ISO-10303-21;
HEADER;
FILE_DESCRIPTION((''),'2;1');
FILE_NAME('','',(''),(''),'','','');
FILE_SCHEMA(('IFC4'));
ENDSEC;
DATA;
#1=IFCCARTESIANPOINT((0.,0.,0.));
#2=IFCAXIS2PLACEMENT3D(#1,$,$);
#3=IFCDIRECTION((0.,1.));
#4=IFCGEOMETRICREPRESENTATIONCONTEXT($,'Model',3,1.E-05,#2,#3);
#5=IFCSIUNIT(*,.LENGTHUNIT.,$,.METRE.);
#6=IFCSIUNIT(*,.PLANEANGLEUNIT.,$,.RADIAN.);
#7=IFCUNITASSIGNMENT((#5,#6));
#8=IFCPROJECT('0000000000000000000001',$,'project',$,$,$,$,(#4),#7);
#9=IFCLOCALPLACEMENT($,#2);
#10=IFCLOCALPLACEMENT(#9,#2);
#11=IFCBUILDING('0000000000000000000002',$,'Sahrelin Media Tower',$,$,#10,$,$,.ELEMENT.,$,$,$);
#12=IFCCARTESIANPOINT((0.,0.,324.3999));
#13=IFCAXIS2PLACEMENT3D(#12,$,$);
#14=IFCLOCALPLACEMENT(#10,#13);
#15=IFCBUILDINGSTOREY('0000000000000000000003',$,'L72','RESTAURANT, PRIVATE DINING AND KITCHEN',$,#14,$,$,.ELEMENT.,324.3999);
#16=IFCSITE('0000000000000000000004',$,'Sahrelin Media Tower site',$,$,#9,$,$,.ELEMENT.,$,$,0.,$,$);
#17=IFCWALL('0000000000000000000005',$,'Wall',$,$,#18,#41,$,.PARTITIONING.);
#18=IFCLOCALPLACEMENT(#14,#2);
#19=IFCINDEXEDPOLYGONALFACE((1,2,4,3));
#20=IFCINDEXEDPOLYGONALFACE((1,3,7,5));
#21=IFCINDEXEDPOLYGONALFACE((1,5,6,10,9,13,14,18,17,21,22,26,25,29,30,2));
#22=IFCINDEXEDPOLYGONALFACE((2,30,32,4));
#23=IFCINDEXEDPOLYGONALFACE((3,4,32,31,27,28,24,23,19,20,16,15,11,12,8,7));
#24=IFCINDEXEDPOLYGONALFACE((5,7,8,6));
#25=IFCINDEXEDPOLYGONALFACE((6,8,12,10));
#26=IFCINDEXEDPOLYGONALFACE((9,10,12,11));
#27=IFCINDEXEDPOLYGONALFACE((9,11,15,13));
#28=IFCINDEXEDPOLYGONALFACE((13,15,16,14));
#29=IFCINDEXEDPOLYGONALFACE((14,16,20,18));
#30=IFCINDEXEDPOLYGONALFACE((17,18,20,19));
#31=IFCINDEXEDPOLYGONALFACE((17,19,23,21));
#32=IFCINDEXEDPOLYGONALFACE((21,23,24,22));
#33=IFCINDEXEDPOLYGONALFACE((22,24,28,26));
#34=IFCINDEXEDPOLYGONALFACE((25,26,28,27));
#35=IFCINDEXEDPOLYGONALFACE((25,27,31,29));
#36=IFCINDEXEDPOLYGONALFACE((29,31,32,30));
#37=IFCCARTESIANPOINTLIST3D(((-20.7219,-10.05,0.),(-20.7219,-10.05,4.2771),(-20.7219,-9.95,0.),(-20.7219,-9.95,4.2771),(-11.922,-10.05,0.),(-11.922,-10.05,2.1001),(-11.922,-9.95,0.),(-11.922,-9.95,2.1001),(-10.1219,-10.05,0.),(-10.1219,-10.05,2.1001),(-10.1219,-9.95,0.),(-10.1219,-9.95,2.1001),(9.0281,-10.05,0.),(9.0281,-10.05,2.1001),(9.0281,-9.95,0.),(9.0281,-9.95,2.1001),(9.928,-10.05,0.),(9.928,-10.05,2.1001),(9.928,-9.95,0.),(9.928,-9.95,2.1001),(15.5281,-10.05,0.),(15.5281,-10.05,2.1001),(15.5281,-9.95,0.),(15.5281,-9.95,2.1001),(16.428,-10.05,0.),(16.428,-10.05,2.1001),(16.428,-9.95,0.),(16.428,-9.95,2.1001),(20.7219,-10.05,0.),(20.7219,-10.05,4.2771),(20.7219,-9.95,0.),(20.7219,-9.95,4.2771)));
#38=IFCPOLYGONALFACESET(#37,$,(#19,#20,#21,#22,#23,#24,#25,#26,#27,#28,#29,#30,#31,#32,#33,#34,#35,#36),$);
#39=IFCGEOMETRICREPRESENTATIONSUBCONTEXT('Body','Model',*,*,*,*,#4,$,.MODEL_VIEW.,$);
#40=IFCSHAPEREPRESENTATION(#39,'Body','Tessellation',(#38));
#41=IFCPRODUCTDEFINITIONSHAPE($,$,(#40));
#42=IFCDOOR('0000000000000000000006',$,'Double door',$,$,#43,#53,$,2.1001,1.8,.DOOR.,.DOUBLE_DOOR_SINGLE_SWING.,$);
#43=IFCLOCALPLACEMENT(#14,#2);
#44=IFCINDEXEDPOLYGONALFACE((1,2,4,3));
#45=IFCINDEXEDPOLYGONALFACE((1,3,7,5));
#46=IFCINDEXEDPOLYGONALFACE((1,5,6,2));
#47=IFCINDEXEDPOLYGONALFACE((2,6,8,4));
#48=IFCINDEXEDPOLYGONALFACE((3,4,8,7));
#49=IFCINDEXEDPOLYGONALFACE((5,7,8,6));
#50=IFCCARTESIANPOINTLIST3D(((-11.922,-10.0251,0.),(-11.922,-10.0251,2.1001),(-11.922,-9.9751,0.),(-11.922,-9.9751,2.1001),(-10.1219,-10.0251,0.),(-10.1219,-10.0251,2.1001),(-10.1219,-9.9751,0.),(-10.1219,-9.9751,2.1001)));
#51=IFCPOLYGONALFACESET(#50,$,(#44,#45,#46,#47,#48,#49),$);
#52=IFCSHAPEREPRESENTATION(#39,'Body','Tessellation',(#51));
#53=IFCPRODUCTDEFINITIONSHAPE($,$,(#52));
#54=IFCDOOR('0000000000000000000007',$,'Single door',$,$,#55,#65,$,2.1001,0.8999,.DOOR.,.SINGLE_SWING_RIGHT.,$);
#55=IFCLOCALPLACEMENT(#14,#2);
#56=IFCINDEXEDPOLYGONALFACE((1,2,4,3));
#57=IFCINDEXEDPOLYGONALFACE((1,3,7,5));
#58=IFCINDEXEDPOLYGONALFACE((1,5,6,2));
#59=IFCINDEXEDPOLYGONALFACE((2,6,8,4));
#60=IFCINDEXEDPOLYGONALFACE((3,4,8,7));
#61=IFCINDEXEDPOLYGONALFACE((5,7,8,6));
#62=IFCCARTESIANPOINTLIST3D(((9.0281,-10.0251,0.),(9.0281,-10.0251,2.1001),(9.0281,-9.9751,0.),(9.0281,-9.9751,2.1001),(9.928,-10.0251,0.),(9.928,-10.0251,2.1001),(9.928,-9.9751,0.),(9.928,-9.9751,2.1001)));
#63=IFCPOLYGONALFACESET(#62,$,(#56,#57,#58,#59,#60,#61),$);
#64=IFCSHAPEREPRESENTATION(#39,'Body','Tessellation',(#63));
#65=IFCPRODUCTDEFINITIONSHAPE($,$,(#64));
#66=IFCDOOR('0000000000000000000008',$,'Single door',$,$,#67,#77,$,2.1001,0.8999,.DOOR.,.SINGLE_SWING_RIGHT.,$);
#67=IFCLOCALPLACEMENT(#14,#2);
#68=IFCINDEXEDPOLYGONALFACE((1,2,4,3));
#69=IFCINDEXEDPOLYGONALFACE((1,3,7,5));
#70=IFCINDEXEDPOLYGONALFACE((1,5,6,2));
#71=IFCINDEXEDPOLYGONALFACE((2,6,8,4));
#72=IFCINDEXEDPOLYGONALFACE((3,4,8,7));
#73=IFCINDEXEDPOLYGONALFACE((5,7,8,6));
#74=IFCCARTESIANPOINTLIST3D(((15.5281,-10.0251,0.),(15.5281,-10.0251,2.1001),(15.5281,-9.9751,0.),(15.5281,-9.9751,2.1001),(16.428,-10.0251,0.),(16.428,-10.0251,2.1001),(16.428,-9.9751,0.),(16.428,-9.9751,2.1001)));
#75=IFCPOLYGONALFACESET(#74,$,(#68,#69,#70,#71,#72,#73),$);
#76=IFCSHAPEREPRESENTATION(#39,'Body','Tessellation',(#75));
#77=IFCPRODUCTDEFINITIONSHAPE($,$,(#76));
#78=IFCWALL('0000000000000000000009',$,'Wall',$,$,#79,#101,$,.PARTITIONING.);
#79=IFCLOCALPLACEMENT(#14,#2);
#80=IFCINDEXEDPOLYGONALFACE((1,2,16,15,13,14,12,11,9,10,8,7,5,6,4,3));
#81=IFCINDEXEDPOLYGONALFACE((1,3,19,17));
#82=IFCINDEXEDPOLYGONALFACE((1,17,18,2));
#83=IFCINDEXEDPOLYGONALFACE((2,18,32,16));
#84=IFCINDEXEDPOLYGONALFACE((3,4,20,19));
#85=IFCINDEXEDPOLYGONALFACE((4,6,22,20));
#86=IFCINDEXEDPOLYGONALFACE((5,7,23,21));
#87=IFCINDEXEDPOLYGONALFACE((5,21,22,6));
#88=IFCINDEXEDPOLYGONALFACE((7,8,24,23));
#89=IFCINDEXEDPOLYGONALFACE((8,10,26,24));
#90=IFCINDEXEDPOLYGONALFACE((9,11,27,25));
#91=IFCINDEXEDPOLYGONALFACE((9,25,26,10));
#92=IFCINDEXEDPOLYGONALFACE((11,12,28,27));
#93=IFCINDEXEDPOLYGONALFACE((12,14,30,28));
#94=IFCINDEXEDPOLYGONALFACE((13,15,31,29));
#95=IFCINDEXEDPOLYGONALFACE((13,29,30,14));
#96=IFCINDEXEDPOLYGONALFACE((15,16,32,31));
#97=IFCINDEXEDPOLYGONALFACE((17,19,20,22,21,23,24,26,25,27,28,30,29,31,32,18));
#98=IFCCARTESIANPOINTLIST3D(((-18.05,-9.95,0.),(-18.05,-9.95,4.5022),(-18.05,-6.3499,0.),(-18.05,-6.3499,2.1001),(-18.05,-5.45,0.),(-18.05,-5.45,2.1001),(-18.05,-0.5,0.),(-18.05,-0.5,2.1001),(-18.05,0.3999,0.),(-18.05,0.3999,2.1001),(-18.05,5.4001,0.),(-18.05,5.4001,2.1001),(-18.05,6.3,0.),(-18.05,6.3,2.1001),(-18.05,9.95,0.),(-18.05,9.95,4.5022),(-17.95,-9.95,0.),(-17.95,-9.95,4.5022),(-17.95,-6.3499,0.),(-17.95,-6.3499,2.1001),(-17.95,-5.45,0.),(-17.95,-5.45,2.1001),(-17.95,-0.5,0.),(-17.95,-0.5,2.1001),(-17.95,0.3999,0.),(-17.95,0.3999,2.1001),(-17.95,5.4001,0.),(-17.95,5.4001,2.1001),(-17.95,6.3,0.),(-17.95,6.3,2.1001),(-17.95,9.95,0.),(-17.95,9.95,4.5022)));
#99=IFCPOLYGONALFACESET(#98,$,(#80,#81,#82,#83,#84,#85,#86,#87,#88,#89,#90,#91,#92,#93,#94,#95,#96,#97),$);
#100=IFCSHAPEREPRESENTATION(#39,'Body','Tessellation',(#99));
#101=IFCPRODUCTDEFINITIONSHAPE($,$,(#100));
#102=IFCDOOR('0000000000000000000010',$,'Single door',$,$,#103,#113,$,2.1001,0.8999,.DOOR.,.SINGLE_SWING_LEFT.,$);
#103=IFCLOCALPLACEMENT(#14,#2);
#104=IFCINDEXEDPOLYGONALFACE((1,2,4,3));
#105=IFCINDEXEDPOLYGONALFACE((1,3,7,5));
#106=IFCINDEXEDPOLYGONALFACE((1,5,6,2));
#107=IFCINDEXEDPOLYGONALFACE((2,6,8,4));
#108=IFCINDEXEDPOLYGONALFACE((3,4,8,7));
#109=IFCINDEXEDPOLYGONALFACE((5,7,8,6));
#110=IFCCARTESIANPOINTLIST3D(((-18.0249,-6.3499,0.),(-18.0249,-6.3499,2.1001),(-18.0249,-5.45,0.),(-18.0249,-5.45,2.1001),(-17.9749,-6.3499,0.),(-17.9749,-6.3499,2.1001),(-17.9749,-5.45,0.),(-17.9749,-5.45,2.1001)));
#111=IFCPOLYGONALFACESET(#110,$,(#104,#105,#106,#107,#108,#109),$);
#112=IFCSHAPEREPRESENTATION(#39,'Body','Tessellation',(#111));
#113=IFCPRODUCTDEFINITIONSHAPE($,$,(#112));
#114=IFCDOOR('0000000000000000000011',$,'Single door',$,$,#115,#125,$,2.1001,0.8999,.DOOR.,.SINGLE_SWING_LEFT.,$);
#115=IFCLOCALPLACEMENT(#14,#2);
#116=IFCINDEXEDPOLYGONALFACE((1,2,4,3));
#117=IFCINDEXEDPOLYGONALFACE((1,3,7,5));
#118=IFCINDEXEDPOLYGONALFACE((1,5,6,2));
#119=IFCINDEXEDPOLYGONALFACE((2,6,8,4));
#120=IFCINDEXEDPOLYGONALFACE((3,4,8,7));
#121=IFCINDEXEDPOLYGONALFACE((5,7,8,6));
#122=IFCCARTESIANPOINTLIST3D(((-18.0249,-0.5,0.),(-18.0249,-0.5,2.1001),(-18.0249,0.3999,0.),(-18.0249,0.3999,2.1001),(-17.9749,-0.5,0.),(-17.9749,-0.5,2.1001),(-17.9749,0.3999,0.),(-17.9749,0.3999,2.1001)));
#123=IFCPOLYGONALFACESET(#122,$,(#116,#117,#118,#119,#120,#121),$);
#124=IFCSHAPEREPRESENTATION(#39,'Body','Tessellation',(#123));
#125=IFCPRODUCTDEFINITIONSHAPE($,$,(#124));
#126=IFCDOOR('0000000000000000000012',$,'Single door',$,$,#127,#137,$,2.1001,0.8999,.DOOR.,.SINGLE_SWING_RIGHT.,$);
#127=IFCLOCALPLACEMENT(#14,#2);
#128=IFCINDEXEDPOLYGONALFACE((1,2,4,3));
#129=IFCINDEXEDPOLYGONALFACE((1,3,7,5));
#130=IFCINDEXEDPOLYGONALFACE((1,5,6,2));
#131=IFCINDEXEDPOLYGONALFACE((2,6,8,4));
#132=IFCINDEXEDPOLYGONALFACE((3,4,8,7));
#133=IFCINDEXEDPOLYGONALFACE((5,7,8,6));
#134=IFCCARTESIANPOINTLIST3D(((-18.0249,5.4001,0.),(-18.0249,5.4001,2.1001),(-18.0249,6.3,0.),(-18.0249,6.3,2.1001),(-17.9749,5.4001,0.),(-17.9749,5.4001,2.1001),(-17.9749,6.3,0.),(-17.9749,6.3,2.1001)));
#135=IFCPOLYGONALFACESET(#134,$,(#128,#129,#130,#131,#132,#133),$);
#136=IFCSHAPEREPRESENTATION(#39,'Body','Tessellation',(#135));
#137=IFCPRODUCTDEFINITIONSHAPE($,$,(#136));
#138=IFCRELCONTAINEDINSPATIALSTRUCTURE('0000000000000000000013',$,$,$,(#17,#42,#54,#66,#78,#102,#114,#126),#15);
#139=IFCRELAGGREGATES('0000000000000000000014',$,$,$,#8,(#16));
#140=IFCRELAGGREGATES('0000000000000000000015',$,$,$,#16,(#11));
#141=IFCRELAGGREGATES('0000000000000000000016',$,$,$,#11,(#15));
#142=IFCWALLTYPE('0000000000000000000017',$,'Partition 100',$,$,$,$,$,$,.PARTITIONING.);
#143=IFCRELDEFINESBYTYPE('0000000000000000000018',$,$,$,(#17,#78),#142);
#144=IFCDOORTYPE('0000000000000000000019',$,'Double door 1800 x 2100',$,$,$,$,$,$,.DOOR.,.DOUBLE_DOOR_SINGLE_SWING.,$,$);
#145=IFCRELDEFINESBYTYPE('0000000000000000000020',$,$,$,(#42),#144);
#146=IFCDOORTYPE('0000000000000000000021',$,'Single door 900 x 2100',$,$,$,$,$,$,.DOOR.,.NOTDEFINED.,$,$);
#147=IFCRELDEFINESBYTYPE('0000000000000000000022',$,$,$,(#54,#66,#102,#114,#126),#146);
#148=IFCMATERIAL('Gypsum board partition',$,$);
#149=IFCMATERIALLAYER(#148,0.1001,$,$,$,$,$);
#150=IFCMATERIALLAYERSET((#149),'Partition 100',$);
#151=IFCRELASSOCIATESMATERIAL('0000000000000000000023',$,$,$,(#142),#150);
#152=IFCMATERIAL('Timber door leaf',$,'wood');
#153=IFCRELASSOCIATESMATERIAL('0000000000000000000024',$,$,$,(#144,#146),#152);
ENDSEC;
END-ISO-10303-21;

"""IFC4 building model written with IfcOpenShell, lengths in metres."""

from ifc_helpers import new_model, si_unit, direction, frame, frame_2d, origin, place, context, subcontext, project, spatial, rectangle, extrude, material, layer, layer_set, type_object, element, fill, save


model = new_model("IFC4")

# Units and contexts
model_context = context("Model", 3, precision=1e-05, world=origin(), true_north=direction((0.0, 1.0)))
body_context = subcontext(model_context, "Body", "Model", "MODEL_VIEW")
ifc_project = project(units=[si_unit("LENGTHUNIT", "METRE"), si_unit("PLANEANGLEUNIT", "RADIAN")], contexts=[model_context])

# Site, building, storey
site_placement = place(None, origin())
site = spatial("IfcSite", under=ifc_project, at=site_placement, Name="Sahrelin Media Tower site", CompositionType="ELEMENT", RefElevation=0.0)
building_placement = place(site_placement, origin())
building = spatial("IfcBuilding", under=site, at=building_placement, Name="Sahrelin Media Tower", CompositionType="ELEMENT")
storey_placement = place(building_placement, frame((0.0, 0.0, 324.3999)))
storey = spatial("IfcBuildingStorey", under=building, at=storey_placement, Name="L72", Description="RESTAURANT, PRIVATE DINING AND KITCHEN", CompositionType="ELEMENT", Elevation=324.3999)

# Walls, openings, doors
ifc_material_1 = material(Name="Gypsum board partition")
ifc_layer_1 = layer(ifc_material_1, 0.1001)
ifc_layer_set_1 = layer_set([ifc_layer_1], Name="Partition 100")
wall_type = type_object("IfcWallType", Name="Partition 100", PredefinedType="PARTITIONING", material=ifc_layer_set_1)
wall_1_placement = place(storey_placement, frame((-20.7219, -10.0, 0.0), z_axis=(0.0, 0.0, 1.0), x_axis=(1.0, 0.0, 0.0)))
wall_1 = element("IfcWall", 1, at=wall_1_placement, inside=storey, type_object=wall_type, Name="Wall", PredefinedType="PARTITIONING", context=body_context, shape_type="SweptSolid", body=[
    extrude(rectangle(XDim=41.4438, YDim=0.1001, at=frame_2d((20.7219, 0.0))), origin(), (0.0, 0.0, 1.0), 4.2771),
])
opening_1_placement = place(wall_1_placement, frame((8.8, 0.0, 0.0)))
opening_1 = element("IfcOpeningElement", 2, at=opening_1_placement, cuts=wall_1, PredefinedType="OPENING", context=body_context, shape_type="SweptSolid", body=[
    extrude(rectangle(XDim=1.8, YDim=2.1001, at=frame_2d((0.8999, 1.05))), frame((0.0, 0.05, 0.0), z_axis=(0.0, -1.0, 0.0), x_axis=(1.0, 0.0, 0.0)), (0.0, 0.0, 1.0), 0.1001),
])
opening_2_placement = place(wall_1_placement, frame((29.75, 0.0, 0.0)))
opening_2 = element("IfcOpeningElement", 3, at=opening_2_placement, cuts=wall_1, PredefinedType="OPENING", context=body_context, shape_type="SweptSolid", body=[
    extrude(rectangle(XDim=0.8999, YDim=2.1001, at=frame_2d((0.45, 1.05))), frame((0.0, 0.05, 0.0), z_axis=(0.0, -1.0, 0.0), x_axis=(1.0, 0.0, 0.0)), (0.0, 0.0, 1.0), 0.1001),
])
opening_3_placement = place(wall_1_placement, frame((36.25, 0.0, 0.0)))
opening_3 = element("IfcOpeningElement", 4, at=opening_3_placement, cuts=wall_1, PredefinedType="OPENING", context=body_context, shape_type="SweptSolid", body=[
    extrude(rectangle(XDim=0.8999, YDim=2.1001, at=frame_2d((0.45, 1.05))), frame((0.0, 0.05, 0.0), z_axis=(0.0, -1.0, 0.0), x_axis=(1.0, 0.0, 0.0)), (0.0, 0.0, 1.0), 0.1001),
])
ifc_material_2 = material(Name="Timber door leaf", Category="wood")
door_type_1 = type_object("IfcDoorType", Name="Double door 1800 x 2100", OperationType="DOUBLE_DOOR_SINGLE_SWING", PredefinedType="DOOR", material=ifc_material_2)
door_1_placement = place(opening_1_placement, origin())
door_1 = element("IfcDoor", 5, at=door_1_placement, inside=storey, type_object=door_type_1, Name="Double door", OperationType="DOUBLE_DOOR_SINGLE_SWING", OverallHeight=2.1001, OverallWidth=1.8, PredefinedType="DOOR", context=body_context, shape_type="SweptSolid", body=[
    extrude(rectangle(XDim=1.8, YDim=2.1001, at=frame_2d((0.8999, 1.05))), frame((0.0, 0.0249, 0.0), z_axis=(0.0, -1.0, 0.0), x_axis=(1.0, 0.0, 0.0)), (0.0, 0.0, 1.0), 0.05),
])
fill(opening_1, door_1)
door_type_2 = type_object("IfcDoorType", Name="Single door 900 x 2100", OperationType="NOTDEFINED", PredefinedType="DOOR", material=ifc_material_2)
door_2_placement = place(opening_2_placement, origin())
door_2 = element("IfcDoor", 6, at=door_2_placement, inside=storey, type_object=door_type_2, Name="Single door", OperationType="SINGLE_SWING_RIGHT", OverallHeight=2.1001, OverallWidth=0.8999, PredefinedType="DOOR", context=body_context, shape_type="SweptSolid", body=[
    extrude(rectangle(XDim=0.8999, YDim=2.1001, at=frame_2d((0.45, 1.05))), frame((0.0, 0.0249, 0.0), z_axis=(0.0, -1.0, 0.0), x_axis=(1.0, 0.0, 0.0)), (0.0, 0.0, 1.0), 0.05),
])
fill(opening_2, door_2)
door_3_placement = place(opening_3_placement, origin())
door_3 = element("IfcDoor", 7, at=door_3_placement, inside=storey, type_object=door_type_2, Name="Single door", OperationType="SINGLE_SWING_RIGHT", OverallHeight=2.1001, OverallWidth=0.8999, PredefinedType="DOOR", context=body_context, shape_type="SweptSolid", body=[
    extrude(rectangle(XDim=0.8999, YDim=2.1001, at=frame_2d((0.45, 1.05))), frame((0.0, 0.0249, 0.0), z_axis=(0.0, -1.0, 0.0), x_axis=(1.0, 0.0, 0.0)), (0.0, 0.0, 1.0), 0.05),
])
fill(opening_3, door_3)
wall_2_placement = place(storey_placement, frame((-18.0, -9.95, 0.0), z_axis=(0.0, 0.0, 1.0), x_axis=(0.0, 1.0, 0.0)))
wall_2 = element("IfcWall", 8, at=wall_2_placement, inside=storey, type_object=wall_type, Name="Wall", PredefinedType="PARTITIONING", context=body_context, shape_type="SweptSolid", body=[
    extrude(rectangle(XDim=19.8999, YDim=0.1001, at=frame_2d((9.95, 0.0))), origin(), (0.0, 0.0, 1.0), 4.5022),
])
opening_4_placement = place(wall_2_placement, frame((3.6001, 0.0, 0.0)))
opening_4 = element("IfcOpeningElement", 9, at=opening_4_placement, cuts=wall_2, PredefinedType="OPENING", context=body_context, shape_type="SweptSolid", body=[
    extrude(rectangle(XDim=0.8999, YDim=2.1001, at=frame_2d((0.45, 1.05))), frame((0.0, 0.05, 0.0), z_axis=(0.0, -1.0, 0.0), x_axis=(1.0, 0.0, 0.0)), (0.0, 0.0, 1.0), 0.1001),
])
opening_5_placement = place(wall_2_placement, frame((9.45, 0.0, 0.0)))
opening_5 = element("IfcOpeningElement", 10, at=opening_5_placement, cuts=wall_2, PredefinedType="OPENING", context=body_context, shape_type="SweptSolid", body=[
    extrude(rectangle(XDim=0.8999, YDim=2.1001, at=frame_2d((0.45, 1.05))), frame((0.0, 0.05, 0.0), z_axis=(0.0, -1.0, 0.0), x_axis=(1.0, 0.0, 0.0)), (0.0, 0.0, 1.0), 0.1001),
])
opening_6_placement = place(wall_2_placement, frame((15.3501, 0.0, 0.0)))
opening_6 = element("IfcOpeningElement", 11, at=opening_6_placement, cuts=wall_2, PredefinedType="OPENING", context=body_context, shape_type="SweptSolid", body=[
    extrude(rectangle(XDim=0.8999, YDim=2.1001, at=frame_2d((0.45, 1.05))), frame((0.0, 0.05, 0.0), z_axis=(0.0, -1.0, 0.0), x_axis=(1.0, 0.0, 0.0)), (0.0, 0.0, 1.0), 0.1001),
])
door_4_placement = place(opening_4_placement, origin())
door_4 = element("IfcDoor", 12, at=door_4_placement, inside=storey, type_object=door_type_2, Name="Single door", OperationType="SINGLE_SWING_LEFT", OverallHeight=2.1001, OverallWidth=0.8999, PredefinedType="DOOR", context=body_context, shape_type="SweptSolid", body=[
    extrude(rectangle(XDim=0.8999, YDim=2.1001, at=frame_2d((0.45, 1.05))), frame((0.0, 0.0249, 0.0), z_axis=(0.0, -1.0, 0.0), x_axis=(1.0, 0.0, 0.0)), (0.0, 0.0, 1.0), 0.05),
])
fill(opening_4, door_4)
door_5_placement = place(opening_5_placement, origin())
door_5 = element("IfcDoor", 13, at=door_5_placement, inside=storey, type_object=door_type_2, Name="Single door", OperationType="SINGLE_SWING_LEFT", OverallHeight=2.1001, OverallWidth=0.8999, PredefinedType="DOOR", context=body_context, shape_type="SweptSolid", body=[
    extrude(rectangle(XDim=0.8999, YDim=2.1001, at=frame_2d((0.45, 1.05))), frame((0.0, 0.0249, 0.0), z_axis=(0.0, -1.0, 0.0), x_axis=(1.0, 0.0, 0.0)), (0.0, 0.0, 1.0), 0.05),
])
fill(opening_5, door_5)
door_6_placement = place(opening_6_placement, origin())
door_6 = element("IfcDoor", 14, at=door_6_placement, inside=storey, type_object=door_type_2, Name="Single door", OperationType="SINGLE_SWING_RIGHT", OverallHeight=2.1001, OverallWidth=0.8999, PredefinedType="DOOR", context=body_context, shape_type="SweptSolid", body=[
    extrude(rectangle(XDim=0.8999, YDim=2.1001, at=frame_2d((0.45, 1.05))), frame((0.0, 0.0249, 0.0), z_axis=(0.0, -1.0, 0.0), x_axis=(1.0, 0.0, 0.0)), (0.0, 0.0, 1.0), 0.05),
])
fill(opening_6, door_6)

save(model, "model.ifc")
